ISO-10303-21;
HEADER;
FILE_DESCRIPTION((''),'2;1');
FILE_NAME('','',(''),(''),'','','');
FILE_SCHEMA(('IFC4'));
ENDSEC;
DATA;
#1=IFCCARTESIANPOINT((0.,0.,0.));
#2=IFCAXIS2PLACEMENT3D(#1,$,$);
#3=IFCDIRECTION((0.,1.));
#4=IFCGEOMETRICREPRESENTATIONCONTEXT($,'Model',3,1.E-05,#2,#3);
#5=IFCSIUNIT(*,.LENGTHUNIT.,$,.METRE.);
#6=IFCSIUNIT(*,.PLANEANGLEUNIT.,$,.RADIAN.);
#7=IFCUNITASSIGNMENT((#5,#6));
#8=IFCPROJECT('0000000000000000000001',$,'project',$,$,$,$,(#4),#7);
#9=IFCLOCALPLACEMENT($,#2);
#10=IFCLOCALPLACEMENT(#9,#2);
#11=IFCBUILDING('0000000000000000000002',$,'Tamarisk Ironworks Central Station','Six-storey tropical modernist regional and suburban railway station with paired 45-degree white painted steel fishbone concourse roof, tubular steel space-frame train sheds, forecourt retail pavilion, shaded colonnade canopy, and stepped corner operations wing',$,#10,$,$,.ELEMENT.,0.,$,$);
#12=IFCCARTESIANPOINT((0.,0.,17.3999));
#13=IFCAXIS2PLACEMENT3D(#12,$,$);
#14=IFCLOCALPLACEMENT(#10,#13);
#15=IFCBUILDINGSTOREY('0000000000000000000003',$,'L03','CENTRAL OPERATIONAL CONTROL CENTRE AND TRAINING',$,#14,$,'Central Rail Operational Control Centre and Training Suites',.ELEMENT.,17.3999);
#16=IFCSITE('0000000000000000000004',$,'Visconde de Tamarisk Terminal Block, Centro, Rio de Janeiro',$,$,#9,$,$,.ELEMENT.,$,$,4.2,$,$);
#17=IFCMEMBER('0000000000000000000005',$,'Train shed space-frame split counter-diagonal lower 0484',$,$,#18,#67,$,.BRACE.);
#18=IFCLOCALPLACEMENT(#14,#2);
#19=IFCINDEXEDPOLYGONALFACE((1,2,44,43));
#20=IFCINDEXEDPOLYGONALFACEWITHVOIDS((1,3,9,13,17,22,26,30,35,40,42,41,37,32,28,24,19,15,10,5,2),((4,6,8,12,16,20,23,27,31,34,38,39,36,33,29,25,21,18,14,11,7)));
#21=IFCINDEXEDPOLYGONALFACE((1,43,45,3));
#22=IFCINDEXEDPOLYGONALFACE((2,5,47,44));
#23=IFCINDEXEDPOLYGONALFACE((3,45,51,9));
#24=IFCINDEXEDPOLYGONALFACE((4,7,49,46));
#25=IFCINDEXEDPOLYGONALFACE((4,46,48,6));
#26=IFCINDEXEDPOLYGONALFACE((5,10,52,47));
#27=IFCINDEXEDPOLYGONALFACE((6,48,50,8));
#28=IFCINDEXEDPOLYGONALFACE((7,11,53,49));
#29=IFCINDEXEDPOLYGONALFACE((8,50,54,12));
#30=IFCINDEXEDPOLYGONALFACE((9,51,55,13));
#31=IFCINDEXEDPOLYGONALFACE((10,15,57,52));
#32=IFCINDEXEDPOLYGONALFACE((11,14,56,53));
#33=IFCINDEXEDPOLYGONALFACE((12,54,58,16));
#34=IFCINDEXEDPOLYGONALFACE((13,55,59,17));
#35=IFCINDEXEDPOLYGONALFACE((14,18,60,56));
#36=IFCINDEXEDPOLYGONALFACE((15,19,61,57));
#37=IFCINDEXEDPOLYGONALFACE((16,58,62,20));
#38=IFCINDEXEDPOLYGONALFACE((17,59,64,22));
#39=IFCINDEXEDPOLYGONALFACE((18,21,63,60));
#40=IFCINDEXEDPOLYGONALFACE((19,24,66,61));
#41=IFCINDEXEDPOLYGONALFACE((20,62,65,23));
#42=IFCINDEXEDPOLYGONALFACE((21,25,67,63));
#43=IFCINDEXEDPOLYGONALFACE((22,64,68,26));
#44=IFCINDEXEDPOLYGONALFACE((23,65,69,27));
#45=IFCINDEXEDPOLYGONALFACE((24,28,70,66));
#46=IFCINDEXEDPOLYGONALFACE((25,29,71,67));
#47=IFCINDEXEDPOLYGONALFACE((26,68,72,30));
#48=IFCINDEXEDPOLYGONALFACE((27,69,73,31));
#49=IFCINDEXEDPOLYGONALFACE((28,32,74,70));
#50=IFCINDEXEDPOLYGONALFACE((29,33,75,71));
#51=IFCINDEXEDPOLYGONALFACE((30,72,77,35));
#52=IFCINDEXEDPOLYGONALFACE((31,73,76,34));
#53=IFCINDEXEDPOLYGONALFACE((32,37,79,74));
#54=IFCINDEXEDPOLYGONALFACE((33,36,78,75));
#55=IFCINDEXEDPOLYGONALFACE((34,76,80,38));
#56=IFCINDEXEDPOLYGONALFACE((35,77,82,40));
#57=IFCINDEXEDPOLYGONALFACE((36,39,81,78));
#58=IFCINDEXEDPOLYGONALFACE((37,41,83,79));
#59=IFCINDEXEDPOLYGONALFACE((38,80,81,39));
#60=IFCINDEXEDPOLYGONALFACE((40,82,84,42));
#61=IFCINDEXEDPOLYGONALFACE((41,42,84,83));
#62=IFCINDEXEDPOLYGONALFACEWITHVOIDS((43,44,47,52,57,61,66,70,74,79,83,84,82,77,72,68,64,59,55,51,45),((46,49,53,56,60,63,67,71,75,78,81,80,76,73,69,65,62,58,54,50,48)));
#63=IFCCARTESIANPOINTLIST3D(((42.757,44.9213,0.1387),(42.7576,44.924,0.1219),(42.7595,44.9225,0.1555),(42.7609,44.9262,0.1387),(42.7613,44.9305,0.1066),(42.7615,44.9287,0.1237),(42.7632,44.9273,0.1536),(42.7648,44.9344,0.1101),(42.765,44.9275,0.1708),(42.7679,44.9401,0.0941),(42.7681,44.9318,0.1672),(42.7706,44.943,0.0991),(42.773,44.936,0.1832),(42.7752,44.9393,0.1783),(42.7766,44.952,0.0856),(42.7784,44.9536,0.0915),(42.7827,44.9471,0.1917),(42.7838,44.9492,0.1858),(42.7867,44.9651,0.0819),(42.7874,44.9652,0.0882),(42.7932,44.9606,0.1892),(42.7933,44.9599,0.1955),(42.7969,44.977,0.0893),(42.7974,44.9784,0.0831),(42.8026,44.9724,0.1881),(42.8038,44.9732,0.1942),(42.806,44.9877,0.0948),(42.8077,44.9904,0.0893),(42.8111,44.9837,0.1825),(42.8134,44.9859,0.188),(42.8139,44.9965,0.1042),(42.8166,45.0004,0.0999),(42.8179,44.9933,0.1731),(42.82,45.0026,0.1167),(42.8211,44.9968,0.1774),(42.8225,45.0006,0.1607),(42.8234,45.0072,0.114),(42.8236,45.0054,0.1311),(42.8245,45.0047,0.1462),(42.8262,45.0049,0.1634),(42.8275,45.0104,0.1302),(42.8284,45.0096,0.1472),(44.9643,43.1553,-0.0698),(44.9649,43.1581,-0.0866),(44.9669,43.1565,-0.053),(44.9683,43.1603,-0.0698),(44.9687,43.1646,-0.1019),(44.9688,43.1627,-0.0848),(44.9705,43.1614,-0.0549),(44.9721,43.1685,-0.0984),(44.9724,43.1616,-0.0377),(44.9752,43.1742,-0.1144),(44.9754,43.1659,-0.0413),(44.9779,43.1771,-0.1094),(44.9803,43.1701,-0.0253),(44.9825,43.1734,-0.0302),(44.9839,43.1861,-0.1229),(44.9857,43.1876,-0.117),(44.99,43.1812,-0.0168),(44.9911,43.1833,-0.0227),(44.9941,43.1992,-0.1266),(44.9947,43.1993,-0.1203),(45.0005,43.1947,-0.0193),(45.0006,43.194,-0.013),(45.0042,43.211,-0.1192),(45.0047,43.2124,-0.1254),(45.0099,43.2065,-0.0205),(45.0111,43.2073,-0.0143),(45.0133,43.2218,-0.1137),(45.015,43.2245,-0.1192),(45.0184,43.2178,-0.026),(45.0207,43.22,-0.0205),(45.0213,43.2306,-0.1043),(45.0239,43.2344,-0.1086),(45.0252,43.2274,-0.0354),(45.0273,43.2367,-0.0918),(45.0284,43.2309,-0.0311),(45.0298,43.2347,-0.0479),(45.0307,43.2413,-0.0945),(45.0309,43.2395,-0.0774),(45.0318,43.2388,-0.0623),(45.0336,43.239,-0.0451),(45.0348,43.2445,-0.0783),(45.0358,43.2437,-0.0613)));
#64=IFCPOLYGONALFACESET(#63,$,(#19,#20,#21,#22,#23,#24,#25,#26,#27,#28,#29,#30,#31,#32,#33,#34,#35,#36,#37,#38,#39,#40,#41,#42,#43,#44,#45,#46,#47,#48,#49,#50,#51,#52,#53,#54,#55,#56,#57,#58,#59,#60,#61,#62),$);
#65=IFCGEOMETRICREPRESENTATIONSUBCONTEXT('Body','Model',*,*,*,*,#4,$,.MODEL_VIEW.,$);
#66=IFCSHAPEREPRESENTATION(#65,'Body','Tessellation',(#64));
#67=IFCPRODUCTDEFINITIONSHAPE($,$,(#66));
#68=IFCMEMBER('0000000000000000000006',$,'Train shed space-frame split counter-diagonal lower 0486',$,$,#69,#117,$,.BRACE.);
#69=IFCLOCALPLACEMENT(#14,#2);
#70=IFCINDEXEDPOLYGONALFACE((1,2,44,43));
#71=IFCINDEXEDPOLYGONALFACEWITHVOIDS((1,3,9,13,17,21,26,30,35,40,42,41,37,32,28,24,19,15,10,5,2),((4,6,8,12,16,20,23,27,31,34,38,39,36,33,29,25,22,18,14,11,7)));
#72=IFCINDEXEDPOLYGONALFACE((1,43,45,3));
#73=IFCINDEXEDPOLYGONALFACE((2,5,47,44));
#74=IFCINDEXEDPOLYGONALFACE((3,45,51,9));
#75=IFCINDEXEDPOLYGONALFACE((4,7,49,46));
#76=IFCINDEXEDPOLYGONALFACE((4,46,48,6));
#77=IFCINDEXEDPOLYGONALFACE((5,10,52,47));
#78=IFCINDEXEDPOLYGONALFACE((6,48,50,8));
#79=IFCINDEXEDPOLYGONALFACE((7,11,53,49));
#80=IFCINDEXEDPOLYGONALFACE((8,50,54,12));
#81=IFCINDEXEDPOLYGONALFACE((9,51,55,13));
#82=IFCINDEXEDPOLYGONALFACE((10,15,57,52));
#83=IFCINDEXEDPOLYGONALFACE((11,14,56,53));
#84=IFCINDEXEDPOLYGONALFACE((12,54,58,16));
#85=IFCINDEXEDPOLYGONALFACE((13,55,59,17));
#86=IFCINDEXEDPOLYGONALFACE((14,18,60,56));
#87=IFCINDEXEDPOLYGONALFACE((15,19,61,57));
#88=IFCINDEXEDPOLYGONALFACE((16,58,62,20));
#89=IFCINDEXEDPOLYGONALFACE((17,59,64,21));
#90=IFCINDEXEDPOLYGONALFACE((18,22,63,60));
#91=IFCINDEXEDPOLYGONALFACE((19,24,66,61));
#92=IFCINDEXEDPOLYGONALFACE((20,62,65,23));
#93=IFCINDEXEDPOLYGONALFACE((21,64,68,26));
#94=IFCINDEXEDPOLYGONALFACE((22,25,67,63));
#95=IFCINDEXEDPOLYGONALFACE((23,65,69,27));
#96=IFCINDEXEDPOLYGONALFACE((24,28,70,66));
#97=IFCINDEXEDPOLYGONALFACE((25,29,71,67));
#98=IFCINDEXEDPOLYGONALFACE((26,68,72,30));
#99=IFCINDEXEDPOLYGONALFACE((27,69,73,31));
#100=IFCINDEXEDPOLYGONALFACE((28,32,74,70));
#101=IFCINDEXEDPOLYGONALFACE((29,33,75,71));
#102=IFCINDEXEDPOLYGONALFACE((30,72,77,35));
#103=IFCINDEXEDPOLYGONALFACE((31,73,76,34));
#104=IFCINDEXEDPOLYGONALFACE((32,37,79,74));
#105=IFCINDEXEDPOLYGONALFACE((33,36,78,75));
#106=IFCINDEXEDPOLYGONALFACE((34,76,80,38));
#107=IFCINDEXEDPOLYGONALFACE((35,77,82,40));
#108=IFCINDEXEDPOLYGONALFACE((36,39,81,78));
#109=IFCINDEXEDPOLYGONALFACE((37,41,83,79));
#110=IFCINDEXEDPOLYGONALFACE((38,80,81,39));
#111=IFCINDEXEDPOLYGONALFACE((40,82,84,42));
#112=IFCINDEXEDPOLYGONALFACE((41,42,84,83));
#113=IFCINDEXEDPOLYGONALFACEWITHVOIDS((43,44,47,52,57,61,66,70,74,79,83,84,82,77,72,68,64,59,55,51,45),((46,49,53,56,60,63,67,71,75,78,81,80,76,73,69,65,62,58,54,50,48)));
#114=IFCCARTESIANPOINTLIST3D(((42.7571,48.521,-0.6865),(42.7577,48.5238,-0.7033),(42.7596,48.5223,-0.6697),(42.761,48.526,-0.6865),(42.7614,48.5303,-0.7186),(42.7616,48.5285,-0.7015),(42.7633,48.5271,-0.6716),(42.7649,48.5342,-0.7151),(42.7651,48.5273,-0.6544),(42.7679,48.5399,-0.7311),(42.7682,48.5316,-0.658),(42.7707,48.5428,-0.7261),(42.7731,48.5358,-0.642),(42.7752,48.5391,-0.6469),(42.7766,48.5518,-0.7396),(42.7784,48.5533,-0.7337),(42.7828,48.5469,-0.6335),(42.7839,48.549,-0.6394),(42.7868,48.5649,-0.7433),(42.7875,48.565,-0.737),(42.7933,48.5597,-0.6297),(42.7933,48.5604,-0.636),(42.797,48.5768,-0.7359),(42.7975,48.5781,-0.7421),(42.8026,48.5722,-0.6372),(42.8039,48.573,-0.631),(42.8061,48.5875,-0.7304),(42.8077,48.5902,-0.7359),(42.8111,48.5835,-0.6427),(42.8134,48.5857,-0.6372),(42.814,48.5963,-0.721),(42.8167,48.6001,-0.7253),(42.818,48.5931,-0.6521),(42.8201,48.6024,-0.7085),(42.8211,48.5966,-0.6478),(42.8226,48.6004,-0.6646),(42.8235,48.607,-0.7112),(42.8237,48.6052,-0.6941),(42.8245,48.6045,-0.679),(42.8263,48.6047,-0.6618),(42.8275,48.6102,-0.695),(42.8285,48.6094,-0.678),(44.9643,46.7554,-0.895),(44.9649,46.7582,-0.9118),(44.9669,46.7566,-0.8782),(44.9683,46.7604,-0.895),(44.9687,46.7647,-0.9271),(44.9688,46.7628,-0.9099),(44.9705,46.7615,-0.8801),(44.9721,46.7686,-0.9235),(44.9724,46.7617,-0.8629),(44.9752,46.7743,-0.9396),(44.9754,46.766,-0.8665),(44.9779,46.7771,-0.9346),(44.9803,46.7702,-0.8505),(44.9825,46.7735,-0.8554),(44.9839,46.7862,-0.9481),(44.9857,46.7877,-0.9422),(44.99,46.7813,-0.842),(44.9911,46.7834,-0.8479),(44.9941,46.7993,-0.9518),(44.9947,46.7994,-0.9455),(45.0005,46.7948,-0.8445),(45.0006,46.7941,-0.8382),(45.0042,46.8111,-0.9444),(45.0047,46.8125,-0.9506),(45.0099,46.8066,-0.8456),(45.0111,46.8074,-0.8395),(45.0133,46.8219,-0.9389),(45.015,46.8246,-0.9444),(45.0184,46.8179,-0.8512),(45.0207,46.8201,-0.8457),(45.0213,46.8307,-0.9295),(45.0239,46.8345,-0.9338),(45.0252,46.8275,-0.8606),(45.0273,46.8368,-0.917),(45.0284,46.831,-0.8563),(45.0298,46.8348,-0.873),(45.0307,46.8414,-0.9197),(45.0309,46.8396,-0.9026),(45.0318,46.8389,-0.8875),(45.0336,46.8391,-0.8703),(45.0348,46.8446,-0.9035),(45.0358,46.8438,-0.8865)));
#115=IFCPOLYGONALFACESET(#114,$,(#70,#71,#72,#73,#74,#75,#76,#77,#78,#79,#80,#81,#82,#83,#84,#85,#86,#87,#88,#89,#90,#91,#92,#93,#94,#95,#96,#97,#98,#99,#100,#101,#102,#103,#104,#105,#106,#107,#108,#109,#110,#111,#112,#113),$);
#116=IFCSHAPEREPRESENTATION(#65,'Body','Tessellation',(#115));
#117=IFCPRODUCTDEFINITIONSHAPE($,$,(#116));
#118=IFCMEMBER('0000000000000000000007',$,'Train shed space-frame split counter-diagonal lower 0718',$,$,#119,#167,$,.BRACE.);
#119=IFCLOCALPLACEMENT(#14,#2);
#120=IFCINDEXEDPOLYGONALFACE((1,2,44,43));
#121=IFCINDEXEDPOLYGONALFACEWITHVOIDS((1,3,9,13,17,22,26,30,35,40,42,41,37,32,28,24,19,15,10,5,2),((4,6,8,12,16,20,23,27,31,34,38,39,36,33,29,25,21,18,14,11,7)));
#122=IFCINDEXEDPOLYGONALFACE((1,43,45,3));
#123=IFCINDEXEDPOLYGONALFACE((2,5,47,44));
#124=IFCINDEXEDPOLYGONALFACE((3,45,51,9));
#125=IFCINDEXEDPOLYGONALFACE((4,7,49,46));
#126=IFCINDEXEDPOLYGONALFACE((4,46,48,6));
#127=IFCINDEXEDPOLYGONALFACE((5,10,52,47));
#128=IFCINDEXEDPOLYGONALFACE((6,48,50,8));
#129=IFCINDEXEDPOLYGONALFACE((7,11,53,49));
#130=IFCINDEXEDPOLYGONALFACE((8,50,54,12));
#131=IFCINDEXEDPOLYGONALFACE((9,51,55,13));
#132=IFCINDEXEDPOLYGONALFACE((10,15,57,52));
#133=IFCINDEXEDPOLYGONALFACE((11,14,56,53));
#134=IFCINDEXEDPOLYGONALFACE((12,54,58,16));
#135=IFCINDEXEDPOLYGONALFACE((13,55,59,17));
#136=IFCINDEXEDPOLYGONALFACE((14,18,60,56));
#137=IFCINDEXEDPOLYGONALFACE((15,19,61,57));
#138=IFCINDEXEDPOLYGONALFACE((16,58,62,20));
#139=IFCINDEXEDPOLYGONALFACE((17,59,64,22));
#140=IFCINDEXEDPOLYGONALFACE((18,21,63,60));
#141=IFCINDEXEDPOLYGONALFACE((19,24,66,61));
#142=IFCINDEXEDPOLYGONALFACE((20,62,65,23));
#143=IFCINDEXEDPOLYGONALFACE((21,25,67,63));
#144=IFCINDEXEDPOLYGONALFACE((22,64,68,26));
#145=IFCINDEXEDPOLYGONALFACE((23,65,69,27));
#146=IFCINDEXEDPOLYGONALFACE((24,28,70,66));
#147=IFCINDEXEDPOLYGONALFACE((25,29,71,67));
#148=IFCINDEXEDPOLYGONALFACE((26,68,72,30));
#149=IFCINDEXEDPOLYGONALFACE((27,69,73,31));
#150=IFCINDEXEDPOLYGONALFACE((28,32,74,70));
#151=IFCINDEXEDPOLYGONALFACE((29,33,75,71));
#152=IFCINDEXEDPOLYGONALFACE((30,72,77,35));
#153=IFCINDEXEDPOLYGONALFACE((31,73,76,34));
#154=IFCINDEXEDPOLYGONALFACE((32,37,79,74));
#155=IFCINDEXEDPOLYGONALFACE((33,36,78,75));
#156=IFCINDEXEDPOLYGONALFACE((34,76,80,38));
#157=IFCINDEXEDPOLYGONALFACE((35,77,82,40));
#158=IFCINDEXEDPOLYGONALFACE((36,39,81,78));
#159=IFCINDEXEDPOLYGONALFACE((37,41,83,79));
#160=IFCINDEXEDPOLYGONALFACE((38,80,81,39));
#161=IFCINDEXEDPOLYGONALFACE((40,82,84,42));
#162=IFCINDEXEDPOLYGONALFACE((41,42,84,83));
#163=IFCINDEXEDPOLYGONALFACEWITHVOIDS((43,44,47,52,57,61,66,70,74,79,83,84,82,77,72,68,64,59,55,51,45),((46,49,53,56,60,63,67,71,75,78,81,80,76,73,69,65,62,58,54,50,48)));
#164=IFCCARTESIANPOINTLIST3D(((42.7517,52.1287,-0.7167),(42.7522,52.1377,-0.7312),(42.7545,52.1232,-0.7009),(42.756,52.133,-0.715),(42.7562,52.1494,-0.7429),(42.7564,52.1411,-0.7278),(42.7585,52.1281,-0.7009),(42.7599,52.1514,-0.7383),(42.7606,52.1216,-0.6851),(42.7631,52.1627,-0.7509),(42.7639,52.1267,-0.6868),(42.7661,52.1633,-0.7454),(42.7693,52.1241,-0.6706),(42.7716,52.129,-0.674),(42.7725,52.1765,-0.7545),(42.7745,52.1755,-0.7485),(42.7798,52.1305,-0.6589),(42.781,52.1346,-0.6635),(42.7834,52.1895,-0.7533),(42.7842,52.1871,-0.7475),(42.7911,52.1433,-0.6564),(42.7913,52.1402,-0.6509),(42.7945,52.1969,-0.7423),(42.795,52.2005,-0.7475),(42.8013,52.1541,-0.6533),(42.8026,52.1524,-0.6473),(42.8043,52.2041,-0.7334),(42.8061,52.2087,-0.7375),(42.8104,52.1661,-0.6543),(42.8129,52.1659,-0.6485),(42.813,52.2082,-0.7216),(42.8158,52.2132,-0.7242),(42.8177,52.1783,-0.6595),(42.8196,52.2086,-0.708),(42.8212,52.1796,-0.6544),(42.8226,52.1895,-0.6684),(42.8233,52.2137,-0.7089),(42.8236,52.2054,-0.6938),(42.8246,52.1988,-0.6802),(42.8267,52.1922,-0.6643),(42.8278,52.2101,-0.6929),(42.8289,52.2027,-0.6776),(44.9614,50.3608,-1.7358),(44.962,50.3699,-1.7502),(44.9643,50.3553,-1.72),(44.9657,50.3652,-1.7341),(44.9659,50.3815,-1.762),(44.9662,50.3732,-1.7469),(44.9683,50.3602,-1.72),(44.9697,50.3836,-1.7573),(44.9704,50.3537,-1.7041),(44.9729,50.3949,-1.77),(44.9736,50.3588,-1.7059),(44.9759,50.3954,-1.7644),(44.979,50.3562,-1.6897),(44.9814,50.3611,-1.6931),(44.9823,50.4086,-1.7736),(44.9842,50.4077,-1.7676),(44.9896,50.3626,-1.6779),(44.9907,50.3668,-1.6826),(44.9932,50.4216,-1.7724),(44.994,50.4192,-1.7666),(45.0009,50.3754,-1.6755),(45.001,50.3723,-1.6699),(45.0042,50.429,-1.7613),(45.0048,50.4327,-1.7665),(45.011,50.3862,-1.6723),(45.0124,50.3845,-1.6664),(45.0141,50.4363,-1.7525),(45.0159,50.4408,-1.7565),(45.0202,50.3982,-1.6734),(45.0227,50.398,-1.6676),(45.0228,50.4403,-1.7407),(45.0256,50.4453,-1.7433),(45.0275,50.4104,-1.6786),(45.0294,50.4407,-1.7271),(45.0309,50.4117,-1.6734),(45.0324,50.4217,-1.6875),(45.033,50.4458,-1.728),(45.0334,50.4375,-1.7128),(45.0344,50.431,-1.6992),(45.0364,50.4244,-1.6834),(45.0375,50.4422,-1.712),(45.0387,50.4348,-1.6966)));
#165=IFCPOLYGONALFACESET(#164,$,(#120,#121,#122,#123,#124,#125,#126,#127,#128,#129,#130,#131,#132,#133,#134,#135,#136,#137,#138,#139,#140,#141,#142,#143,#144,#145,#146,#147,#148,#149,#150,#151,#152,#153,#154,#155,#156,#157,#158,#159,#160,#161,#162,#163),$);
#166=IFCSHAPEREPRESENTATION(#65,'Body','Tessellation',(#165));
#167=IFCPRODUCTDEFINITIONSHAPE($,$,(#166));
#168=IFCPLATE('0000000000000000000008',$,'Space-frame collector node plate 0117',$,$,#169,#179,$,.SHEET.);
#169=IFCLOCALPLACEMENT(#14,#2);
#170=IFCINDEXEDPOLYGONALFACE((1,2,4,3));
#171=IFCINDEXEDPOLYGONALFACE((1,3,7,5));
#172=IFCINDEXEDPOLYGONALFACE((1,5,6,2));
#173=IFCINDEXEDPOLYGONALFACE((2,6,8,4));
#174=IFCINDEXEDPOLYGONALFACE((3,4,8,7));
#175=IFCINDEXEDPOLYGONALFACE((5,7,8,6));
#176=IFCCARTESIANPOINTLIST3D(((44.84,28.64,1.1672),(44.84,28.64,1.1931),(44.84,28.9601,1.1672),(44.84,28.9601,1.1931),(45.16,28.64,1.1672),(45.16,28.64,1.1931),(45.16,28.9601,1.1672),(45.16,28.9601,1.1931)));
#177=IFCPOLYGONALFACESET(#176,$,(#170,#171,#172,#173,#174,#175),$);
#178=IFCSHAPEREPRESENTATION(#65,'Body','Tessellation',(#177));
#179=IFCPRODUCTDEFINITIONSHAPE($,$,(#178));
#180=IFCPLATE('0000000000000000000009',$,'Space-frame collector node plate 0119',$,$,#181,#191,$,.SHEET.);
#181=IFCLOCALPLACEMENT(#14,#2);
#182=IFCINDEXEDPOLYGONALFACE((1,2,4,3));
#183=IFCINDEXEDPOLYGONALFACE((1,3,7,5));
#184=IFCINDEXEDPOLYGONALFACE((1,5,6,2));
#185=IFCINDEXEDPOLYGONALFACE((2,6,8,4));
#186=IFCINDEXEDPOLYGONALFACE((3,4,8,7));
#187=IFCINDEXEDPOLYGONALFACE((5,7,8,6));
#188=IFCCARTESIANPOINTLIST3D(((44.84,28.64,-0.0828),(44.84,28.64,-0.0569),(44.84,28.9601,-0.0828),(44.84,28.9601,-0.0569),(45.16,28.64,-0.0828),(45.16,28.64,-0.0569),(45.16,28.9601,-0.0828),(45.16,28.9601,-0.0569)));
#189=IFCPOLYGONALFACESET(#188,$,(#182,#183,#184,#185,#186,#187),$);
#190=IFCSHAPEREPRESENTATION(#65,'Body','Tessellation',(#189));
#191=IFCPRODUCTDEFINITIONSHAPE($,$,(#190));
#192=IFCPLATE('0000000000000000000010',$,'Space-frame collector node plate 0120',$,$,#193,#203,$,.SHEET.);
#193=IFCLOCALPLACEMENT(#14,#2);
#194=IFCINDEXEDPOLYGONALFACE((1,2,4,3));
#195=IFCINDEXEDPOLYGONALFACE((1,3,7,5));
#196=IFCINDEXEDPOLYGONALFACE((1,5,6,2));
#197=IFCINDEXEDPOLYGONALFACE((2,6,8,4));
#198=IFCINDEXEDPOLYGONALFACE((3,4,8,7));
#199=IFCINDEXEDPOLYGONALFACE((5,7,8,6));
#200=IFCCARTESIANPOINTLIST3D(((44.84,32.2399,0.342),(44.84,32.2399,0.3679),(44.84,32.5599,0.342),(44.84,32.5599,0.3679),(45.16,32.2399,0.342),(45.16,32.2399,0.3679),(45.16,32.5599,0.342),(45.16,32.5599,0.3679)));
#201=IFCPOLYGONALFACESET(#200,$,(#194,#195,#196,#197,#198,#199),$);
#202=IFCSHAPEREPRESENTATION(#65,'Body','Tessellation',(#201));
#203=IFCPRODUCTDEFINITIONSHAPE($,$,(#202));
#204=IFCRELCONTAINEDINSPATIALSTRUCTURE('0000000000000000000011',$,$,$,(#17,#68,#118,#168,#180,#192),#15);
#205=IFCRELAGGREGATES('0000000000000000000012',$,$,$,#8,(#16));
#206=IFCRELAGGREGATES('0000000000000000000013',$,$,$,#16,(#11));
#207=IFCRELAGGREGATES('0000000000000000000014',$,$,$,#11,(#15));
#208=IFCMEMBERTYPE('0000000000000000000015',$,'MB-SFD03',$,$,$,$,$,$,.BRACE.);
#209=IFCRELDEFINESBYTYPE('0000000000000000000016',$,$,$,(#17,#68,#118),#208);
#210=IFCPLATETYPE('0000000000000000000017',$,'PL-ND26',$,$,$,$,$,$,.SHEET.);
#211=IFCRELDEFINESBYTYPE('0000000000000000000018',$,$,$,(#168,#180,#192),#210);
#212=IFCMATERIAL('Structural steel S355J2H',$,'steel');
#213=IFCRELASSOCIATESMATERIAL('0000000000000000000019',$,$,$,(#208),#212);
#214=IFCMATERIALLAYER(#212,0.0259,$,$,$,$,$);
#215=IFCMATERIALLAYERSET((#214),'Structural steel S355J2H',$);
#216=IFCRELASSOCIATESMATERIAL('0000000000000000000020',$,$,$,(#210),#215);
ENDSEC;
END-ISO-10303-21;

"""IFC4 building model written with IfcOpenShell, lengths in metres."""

from ifc_helpers import new_model, si_unit, direction, frame, origin, origin_2d, place, context, subcontext, project, spatial, rectangle, hollow_circle, extrude, material, layer, layer_set, material_profile, profile_set, type_object, element, save


model = new_model("IFC4")

# Units and contexts
model_context = context("Model", 3, precision=1e-05, world=origin(), true_north=direction((0.0, 1.0)))
body_context = subcontext(model_context, "Body", "Model", "MODEL_VIEW")
ifc_project = project(units=[si_unit("LENGTHUNIT", "METRE"), si_unit("PLANEANGLEUNIT", "RADIAN")], contexts=[model_context])

# Site, building, storey
site_placement = place(None, origin())
site = spatial("IfcSite", under=ifc_project, at=site_placement, Name="Visconde de Tamarisk Terminal Block, Centro, Rio de Janeiro", CompositionType="ELEMENT", RefElevation=4.2)
building_placement = place(site_placement, origin())
building = spatial("IfcBuilding", under=site, at=building_placement, Name="Tamarisk Ironworks Central Station", Description="Six-storey tropical modernist regional and suburban railway station with paired 45-degree white painted steel fishbone concourse roof, tubular steel space-frame train sheds, forecourt retail pavilion, shaded colonnade canopy, and stepped corner operations wing", CompositionType="ELEMENT", ElevationOfRefHeight=0.0)
storey_placement = place(building_placement, frame((0.0, 0.0, 17.3999)))
storey = spatial("IfcBuildingStorey", under=building, at=storey_placement, Name="L03", Description="CENTRAL OPERATIONAL CONTROL CENTRE AND TRAINING", LongName="Central Rail Operational Control Centre and Training Suites", CompositionType="ELEMENT", Elevation=17.3999)

# Members
ifc_material_1 = material(Name="Structural steel S355J2H", Category="steel")
ifc_material_profile_1 = material_profile(ifc_material_1, hollow_circle(Radius=0.0571, WallThickness=0.0063, at=origin_2d()), Name="CHS 114.3x6.3")
ifc_profile_set_1 = profile_set([ifc_material_profile_1], Name="Structural steel S355J2H")
member_type_1 = type_object("IfcMemberType", Name="MB-SFD03", PredefinedType="BRACE", material=ifc_profile_set_1)
member_1_placement = place(storey_placement, frame((45.0, 43.2, -0.0698), z_axis=(-0.778745, 0.623013, 0.073559), x_axis=(-0.624706, -0.78086, 0.0)))
element("IfcMember", 1, at=member_1_placement, inside=storey, type_object=member_type_1, Name="Train shed space-frame split counter-diagonal lower 0484", PredefinedType="BRACE", context=body_context, shape_type="SweptSolid", body=[
    extrude(hollow_circle(Radius=0.0571, WallThickness=0.0063, at=origin_2d()), origin(), (0.0, 0.0, 1.0), 2.8345),
])
member_2_placement = place(storey_placement, frame((45.0, 46.8, -0.895), z_axis=(-0.778787, 0.62296, 0.073563), x_axis=(-0.624653, -0.780903, 0.0)))
element("IfcMember", 2, at=member_2_placement, inside=storey, type_object=member_type_1, Name="Train shed space-frame split counter-diagonal lower 0486", PredefinedType="BRACE", context=body_context, shape_type="SweptSolid", body=[
    extrude(hollow_circle(Radius=0.0571, WallThickness=0.0063, at=origin_2d()), origin(), (0.0, 0.0, 1.0), 2.8342),
])
member_3_placement = place(storey_placement, frame((45.0, 50.3999, -1.72), z_axis=(-0.734677, 0.587758, 0.338807), x_axis=(-0.624706, -0.78086, 0.0)))
element("IfcMember", 3, at=member_3_placement, inside=storey, type_object=member_type_1, Name="Train shed space-frame split counter-diagonal lower 0718", PredefinedType="BRACE", context=body_context, shape_type="SweptSolid", body=[
    extrude(hollow_circle(Radius=0.0571, WallThickness=0.0063, at=origin_2d()), origin(), (0.0, 0.0, 1.0), 3.0078),
])

# Plates
ifc_layer = layer(ifc_material_1, 0.0259)
ifc_layer_set = layer_set([ifc_layer], Name="Structural steel S355J2H")
plate_type = type_object("IfcPlateType", Name="PL-ND26", PredefinedType="SHEET", material=ifc_layer_set)
for number, where, z_axis, x_axis, name in (
    (4, (45.0, 28.8, 1.1672), (0.0, 0.0, 1.0), (1.0, 0.0, 0.0), "Space-frame collector node plate 0117"),
    (5, (45.0, 28.8, -0.0828), (0.0, 0.0, 1.0), (1.0, 0.0, 0.0), "Space-frame collector node plate 0119"),
    (6, (45.0, 32.3999, 0.342), (0.0, 0.0, 1.0), (1.0, 0.0, 0.0), "Space-frame collector node plate 0120"),
):
    element("IfcPlate", number, at=place(storey_placement, frame(where, z_axis=z_axis, x_axis=x_axis)), inside=storey, type_object=plate_type, Name=name, PredefinedType="SHEET", context=body_context, shape_type="SweptSolid", body=[
        extrude(rectangle(XDim=0.3201, YDim=0.3201, at=origin_2d()), origin(), (0.0, 0.0, 1.0), 0.0259),
    ])

save(model, "model.ifc")
